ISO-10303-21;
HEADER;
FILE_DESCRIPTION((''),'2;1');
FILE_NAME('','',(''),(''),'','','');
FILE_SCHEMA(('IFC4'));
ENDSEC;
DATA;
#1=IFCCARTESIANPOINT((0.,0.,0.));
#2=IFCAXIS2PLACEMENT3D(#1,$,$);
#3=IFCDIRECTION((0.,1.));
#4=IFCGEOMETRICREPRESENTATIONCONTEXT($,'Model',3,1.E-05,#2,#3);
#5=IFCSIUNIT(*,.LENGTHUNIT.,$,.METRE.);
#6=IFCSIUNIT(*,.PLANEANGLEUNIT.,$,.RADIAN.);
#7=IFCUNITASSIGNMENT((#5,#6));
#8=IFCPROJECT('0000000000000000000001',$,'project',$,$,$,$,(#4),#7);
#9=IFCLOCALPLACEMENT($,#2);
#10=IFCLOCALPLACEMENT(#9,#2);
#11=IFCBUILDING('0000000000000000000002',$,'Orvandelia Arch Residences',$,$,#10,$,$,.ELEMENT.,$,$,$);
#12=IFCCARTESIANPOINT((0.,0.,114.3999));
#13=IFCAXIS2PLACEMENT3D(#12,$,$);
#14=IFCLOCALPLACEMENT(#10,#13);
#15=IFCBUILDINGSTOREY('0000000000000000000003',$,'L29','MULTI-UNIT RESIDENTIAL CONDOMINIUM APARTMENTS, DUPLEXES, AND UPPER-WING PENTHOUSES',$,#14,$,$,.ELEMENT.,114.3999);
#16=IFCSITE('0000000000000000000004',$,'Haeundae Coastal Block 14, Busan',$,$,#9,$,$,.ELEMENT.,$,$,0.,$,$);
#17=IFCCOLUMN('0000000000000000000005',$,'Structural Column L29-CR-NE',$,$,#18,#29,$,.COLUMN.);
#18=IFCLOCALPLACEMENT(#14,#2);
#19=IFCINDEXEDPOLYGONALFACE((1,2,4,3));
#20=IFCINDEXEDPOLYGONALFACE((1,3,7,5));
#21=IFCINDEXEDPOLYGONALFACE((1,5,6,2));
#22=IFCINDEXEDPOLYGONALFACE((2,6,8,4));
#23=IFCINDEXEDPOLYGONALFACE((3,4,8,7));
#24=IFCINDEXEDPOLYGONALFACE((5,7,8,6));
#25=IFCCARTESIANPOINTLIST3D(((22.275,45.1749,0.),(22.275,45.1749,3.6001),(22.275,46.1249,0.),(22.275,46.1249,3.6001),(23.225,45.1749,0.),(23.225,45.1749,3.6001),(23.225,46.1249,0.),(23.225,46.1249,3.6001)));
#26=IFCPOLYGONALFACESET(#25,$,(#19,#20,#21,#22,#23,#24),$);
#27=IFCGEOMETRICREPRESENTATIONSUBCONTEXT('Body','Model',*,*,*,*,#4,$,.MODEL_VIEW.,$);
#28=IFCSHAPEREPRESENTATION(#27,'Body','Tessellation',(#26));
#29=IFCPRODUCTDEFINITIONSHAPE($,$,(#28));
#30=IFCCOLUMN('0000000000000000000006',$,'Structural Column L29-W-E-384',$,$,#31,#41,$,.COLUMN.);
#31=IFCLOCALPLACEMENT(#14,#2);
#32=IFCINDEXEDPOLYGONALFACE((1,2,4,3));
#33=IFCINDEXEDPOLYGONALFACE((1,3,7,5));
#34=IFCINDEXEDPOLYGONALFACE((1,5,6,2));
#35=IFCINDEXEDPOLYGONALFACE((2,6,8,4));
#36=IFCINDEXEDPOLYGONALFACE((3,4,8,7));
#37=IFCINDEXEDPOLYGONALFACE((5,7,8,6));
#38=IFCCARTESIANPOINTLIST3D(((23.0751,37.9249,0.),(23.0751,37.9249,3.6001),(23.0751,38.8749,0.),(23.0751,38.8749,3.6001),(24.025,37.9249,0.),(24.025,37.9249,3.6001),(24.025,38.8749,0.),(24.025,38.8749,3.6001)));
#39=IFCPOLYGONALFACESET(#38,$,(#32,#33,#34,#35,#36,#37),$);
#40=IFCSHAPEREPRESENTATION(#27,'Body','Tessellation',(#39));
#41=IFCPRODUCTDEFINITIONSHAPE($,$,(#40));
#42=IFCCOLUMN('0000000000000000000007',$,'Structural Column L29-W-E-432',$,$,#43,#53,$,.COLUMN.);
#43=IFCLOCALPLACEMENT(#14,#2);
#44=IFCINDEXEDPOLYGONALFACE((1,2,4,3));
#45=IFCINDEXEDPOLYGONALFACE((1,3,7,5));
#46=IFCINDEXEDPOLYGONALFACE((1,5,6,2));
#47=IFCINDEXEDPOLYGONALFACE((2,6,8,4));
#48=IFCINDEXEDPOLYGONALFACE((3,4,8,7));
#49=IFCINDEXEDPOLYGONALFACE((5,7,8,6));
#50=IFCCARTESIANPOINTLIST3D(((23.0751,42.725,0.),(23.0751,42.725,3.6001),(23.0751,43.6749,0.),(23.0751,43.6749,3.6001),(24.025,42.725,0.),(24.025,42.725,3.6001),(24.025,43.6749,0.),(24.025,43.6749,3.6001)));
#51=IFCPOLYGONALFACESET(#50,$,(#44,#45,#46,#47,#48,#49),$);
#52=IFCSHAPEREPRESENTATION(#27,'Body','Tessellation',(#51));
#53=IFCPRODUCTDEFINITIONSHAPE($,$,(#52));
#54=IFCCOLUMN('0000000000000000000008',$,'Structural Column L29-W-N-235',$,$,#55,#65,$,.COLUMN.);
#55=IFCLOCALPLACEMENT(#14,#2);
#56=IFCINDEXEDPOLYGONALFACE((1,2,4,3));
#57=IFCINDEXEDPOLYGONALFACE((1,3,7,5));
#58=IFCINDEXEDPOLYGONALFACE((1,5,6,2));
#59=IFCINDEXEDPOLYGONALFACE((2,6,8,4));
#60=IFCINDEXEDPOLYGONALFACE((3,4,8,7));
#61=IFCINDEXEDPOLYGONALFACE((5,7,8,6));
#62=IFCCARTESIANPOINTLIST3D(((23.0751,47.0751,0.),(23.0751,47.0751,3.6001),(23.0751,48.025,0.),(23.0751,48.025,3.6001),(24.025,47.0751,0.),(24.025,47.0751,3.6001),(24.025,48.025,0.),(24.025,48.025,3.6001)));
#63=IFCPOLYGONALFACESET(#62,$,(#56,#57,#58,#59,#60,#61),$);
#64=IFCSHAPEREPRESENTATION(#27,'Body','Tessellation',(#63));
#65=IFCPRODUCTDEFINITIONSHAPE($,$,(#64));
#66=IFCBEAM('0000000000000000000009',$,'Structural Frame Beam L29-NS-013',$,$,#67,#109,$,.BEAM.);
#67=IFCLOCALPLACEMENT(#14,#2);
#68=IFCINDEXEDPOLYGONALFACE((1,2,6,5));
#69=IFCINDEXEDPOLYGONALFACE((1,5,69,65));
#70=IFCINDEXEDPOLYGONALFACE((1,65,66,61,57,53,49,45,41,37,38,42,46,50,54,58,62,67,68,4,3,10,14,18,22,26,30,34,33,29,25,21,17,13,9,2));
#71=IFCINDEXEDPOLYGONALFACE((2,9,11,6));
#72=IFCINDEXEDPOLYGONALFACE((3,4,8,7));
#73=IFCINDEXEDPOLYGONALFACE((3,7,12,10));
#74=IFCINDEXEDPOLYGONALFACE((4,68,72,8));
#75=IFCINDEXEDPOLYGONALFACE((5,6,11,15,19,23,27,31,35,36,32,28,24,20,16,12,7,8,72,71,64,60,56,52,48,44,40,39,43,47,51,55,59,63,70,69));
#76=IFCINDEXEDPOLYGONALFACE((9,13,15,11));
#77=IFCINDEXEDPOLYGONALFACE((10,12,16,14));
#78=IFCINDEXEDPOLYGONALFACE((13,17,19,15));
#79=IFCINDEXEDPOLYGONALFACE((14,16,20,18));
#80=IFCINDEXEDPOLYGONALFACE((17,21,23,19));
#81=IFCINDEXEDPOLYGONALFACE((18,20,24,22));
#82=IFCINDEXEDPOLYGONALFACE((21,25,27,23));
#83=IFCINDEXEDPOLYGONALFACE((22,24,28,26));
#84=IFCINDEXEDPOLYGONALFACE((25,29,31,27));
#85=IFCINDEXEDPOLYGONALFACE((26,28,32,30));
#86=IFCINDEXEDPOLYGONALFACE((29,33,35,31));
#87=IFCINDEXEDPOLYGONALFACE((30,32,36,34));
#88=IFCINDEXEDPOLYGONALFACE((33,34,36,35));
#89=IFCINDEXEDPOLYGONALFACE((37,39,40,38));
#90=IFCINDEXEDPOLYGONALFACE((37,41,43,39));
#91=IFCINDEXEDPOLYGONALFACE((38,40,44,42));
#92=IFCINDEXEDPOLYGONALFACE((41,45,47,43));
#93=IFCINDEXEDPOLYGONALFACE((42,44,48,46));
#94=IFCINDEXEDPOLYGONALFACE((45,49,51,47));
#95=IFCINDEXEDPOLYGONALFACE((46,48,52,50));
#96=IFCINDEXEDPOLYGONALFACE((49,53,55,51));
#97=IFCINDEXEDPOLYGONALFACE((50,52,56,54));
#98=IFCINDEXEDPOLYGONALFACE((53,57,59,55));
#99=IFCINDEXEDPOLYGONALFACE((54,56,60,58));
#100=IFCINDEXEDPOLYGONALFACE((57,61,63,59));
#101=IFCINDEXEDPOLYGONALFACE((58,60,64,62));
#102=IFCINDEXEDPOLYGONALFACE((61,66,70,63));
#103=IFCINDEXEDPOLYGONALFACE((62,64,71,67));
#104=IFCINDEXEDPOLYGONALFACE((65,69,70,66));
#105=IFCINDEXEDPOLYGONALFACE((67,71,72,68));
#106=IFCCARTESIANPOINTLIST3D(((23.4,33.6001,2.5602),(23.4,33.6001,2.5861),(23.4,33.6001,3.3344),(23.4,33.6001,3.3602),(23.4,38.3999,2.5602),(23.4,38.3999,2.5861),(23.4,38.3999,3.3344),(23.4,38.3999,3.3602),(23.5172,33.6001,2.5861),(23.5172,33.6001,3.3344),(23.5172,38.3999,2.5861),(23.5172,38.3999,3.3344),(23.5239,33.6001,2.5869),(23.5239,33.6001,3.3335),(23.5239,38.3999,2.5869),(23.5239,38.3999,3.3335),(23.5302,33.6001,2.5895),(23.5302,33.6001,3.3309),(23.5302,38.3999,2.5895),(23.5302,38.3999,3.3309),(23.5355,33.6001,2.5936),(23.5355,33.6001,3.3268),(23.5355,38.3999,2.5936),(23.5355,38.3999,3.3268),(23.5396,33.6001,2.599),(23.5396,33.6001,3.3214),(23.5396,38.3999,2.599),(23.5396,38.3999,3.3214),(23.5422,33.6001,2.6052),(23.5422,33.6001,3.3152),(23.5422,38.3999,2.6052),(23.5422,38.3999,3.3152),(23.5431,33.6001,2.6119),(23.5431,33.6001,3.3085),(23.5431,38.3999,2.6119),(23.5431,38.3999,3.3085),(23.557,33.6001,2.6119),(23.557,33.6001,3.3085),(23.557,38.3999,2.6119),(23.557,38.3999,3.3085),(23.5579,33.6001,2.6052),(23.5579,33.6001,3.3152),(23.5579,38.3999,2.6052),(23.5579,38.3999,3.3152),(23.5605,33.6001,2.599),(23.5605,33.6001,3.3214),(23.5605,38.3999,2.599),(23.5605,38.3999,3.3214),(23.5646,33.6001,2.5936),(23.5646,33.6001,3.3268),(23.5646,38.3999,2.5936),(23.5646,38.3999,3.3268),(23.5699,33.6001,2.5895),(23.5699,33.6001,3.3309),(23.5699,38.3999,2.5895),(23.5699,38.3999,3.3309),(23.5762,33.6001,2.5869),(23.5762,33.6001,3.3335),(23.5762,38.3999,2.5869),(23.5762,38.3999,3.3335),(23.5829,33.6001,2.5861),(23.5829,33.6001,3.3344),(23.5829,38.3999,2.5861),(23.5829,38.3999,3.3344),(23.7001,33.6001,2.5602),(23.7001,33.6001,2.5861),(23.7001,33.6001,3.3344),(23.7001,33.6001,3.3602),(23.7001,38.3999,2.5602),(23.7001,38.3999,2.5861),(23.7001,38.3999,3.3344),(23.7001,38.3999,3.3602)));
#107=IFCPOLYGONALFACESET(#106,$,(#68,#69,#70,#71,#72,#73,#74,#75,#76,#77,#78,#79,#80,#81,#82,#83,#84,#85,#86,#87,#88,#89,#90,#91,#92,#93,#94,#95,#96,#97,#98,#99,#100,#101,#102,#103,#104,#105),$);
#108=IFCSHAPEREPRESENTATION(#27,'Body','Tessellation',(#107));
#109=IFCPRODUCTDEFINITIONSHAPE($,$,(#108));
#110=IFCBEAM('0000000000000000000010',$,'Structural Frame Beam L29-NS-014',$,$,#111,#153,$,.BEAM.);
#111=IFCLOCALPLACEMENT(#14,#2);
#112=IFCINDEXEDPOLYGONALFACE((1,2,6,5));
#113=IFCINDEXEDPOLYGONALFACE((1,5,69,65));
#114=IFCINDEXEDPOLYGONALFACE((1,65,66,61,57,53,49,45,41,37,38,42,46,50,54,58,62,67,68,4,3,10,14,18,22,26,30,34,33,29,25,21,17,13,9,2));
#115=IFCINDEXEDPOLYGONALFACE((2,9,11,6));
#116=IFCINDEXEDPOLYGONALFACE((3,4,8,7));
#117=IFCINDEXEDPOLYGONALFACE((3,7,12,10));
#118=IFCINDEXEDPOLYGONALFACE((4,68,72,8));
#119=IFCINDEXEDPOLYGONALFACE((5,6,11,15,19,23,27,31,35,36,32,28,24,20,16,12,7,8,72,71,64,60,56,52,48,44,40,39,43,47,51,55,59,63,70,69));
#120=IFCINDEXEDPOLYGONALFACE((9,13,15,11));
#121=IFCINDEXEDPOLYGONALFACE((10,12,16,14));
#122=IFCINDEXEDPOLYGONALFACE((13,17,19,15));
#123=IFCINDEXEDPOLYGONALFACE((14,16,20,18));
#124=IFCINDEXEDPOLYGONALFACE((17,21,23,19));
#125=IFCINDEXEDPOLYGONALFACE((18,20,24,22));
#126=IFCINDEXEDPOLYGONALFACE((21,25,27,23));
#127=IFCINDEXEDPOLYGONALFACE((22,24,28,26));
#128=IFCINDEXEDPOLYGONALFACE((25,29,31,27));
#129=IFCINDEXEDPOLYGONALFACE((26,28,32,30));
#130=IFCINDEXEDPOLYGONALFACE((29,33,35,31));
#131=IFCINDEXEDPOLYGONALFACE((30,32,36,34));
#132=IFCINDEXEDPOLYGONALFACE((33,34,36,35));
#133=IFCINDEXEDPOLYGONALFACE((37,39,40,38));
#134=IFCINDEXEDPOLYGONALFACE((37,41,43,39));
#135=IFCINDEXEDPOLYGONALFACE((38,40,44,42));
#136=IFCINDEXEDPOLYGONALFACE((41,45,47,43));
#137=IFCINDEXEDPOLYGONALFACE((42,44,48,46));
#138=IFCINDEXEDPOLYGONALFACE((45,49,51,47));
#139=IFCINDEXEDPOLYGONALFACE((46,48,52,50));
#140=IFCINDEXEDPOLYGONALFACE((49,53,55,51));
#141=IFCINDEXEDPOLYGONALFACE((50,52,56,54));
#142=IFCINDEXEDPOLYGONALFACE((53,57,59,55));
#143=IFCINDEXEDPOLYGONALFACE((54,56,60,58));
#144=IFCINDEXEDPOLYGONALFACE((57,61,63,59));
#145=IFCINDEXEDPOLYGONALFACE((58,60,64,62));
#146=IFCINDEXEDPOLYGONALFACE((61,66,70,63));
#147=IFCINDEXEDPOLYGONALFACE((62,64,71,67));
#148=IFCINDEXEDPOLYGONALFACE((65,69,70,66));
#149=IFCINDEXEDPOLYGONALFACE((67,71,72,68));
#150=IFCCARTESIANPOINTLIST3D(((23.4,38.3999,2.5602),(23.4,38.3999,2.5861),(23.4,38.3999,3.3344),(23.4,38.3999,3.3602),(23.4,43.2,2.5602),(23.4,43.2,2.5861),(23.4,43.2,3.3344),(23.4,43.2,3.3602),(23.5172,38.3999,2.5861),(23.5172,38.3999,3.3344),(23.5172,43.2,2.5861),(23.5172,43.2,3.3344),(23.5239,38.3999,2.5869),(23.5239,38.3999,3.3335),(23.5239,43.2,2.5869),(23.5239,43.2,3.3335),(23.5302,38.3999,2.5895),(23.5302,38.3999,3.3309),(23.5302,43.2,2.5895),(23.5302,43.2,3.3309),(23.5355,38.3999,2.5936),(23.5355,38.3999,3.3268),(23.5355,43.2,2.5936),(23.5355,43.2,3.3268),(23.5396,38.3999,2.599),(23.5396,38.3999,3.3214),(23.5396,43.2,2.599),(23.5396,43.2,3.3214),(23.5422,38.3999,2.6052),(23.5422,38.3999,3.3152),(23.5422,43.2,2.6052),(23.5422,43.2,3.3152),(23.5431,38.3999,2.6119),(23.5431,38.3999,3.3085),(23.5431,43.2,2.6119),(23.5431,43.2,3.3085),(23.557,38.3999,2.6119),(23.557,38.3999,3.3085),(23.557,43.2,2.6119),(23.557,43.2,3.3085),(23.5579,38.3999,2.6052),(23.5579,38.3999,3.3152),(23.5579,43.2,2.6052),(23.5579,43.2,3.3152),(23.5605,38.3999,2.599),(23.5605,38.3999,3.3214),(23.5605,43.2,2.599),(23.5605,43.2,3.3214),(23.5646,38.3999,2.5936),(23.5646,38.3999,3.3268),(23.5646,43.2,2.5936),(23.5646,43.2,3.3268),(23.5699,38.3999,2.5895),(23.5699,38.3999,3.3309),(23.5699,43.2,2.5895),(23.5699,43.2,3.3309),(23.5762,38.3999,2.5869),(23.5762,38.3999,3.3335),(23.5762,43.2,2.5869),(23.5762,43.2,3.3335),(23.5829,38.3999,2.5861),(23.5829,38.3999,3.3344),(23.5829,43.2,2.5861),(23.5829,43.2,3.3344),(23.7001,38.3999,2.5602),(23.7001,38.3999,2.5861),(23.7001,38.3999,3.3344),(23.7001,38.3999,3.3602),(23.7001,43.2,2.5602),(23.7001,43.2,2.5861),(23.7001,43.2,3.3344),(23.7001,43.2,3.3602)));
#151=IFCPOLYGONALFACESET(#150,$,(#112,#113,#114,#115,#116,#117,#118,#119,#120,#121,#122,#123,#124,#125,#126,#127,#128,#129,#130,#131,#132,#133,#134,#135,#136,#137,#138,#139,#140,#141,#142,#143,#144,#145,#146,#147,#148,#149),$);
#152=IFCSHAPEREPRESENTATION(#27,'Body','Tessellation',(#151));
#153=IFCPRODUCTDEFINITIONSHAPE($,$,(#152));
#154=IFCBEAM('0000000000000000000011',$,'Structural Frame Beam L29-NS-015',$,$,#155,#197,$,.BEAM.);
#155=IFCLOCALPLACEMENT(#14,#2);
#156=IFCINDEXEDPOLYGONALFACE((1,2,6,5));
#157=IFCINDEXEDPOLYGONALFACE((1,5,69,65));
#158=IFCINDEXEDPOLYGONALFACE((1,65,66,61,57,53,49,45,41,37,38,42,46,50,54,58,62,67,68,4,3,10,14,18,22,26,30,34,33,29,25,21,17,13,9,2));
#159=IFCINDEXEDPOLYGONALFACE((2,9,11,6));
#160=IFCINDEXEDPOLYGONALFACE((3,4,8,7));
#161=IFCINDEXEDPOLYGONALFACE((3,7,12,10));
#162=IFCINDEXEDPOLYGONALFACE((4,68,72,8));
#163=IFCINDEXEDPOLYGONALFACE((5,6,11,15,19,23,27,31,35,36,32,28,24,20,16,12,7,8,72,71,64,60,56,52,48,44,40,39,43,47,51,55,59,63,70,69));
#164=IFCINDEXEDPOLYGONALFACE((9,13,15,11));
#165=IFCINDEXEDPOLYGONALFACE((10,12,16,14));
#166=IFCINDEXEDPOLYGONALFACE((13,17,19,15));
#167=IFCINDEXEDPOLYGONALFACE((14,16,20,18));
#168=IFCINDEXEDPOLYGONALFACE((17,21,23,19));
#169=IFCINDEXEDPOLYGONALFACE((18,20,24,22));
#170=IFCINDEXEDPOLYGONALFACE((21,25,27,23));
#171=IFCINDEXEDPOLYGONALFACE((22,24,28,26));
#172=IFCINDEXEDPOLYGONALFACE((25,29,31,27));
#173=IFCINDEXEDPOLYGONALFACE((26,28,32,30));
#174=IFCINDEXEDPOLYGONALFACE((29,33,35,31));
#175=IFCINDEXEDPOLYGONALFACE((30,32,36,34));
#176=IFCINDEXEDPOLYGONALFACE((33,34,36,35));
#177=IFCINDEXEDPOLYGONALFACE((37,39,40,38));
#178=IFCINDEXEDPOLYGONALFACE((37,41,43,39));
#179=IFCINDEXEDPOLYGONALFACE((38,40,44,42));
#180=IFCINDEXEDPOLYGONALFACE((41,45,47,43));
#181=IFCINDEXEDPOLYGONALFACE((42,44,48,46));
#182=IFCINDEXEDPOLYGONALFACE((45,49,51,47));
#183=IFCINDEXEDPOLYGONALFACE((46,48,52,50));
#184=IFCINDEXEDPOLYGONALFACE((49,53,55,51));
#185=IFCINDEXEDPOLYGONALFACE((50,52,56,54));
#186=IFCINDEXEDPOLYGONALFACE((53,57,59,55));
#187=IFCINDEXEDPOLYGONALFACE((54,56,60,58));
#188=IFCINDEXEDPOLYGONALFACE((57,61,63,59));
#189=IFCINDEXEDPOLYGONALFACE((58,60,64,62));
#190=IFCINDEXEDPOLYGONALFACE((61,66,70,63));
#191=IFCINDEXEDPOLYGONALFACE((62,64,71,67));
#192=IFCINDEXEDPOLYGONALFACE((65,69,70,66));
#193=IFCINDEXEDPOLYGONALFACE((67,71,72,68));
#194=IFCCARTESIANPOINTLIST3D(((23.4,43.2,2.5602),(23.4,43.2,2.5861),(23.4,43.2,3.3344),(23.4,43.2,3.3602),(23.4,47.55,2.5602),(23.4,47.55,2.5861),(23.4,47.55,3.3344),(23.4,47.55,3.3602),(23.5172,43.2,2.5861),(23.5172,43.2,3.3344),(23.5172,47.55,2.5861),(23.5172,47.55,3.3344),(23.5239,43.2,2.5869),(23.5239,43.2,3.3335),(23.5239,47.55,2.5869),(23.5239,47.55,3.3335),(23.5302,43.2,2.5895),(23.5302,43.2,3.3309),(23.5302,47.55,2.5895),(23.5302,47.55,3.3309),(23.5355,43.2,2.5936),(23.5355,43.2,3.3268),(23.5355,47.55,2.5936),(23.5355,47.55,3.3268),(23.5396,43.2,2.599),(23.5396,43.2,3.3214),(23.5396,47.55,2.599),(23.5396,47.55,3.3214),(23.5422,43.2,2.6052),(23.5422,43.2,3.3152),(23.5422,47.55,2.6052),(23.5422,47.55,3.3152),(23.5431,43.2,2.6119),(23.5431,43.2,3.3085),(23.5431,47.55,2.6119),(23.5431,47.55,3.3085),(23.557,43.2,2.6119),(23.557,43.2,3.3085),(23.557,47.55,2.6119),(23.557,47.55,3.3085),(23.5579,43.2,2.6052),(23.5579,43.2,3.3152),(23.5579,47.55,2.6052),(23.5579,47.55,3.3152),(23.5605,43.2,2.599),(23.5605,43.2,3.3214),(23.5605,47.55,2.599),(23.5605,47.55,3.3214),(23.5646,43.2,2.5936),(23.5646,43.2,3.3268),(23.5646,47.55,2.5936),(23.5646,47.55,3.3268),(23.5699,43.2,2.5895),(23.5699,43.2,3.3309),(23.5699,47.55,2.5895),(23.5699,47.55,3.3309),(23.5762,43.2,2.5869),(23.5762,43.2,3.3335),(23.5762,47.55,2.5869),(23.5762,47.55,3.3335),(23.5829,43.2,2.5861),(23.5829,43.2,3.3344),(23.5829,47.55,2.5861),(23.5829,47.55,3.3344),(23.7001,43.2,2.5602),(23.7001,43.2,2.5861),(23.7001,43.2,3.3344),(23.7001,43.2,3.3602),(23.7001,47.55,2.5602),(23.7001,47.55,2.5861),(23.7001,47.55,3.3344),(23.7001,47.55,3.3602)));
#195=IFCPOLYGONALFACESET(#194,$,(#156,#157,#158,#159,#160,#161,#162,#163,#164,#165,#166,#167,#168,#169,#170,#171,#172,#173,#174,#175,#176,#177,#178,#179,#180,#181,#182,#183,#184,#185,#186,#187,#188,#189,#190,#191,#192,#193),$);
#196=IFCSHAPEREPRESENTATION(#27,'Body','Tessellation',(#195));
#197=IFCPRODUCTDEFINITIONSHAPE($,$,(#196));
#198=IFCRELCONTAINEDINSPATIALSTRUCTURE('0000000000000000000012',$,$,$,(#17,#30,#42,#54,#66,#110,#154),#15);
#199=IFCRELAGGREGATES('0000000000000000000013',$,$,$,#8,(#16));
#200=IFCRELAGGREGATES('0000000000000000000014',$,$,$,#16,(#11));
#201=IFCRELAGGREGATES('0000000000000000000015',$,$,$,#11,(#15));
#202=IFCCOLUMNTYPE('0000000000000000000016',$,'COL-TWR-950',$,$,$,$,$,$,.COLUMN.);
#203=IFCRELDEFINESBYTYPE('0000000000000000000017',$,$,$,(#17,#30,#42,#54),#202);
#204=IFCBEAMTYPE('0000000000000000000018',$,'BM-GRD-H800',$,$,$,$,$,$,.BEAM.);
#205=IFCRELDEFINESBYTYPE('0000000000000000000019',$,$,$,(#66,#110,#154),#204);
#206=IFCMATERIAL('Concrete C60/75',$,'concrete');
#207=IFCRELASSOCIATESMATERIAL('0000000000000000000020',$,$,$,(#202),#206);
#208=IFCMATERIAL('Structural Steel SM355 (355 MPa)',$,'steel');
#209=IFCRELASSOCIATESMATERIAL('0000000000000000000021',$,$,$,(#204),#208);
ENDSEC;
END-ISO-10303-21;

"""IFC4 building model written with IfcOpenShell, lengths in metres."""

from ifc_helpers import new_model, si_unit, direction, frame, origin, origin_2d, place, context, subcontext, project, spatial, rectangle, i_section, extrude, material, material_profile, profile_set, type_object, element, save


model = new_model("IFC4")

# Units and contexts
model_context = context("Model", 3, precision=1e-05, world=origin(), true_north=direction((0.0, 1.0)))
body_context = subcontext(model_context, "Body", "Model", "MODEL_VIEW")
ifc_project = project(units=[si_unit("LENGTHUNIT", "METRE"), si_unit("PLANEANGLEUNIT", "RADIAN")], contexts=[model_context])

# Site, building, storey
site_placement = place(None, origin())
site = spatial("IfcSite", under=ifc_project, at=site_placement, Name="Haeundae Coastal Block 14, Busan", CompositionType="ELEMENT", RefElevation=0.0)
building_placement = place(site_placement, origin())
building = spatial("IfcBuilding", under=site, at=building_placement, Name="Orvandelia Arch Residences", CompositionType="ELEMENT")
storey_placement = place(building_placement, frame((0.0, 0.0, 114.3999)))
storey = spatial("IfcBuildingStorey", under=building, at=storey_placement, Name="L29", Description="MULTI-UNIT RESIDENTIAL CONDOMINIUM APARTMENTS, DUPLEXES, AND UPPER-WING PENTHOUSES", CompositionType="ELEMENT", Elevation=114.3999)

# Columns
ifc_material_1 = material(Name="Concrete C60/75", Category="concrete")
ifc_material_profile_1 = material_profile(ifc_material_1, rectangle(XDim=0.95, YDim=0.95, at=origin_2d()), Name="Concrete C60/75", Category="concrete")
ifc_profile_set_1 = profile_set([ifc_material_profile_1], Name="Concrete C60/75")
column_type = type_object("IfcColumnType", Name="COL-TWR-950", PredefinedType="COLUMN", material=ifc_profile_set_1)
for number, where, z_axis, x_axis, name in (
    (1, (22.75, 45.6499, 0.0), (0.0, 0.0, 1.0), (1.0, 0.0, 0.0), "Structural Column L29-CR-NE"),
    (2, (23.55, 38.3999, 0.0), (0.0, 0.0, 1.0), (1.0, 0.0, 0.0), "Structural Column L29-W-E-384"),
    (3, (23.55, 43.2, 0.0), (0.0, 0.0, 1.0), (1.0, 0.0, 0.0), "Structural Column L29-W-E-432"),
    (4, (23.55, 47.55, 0.0), (0.0, 0.0, 1.0), (1.0, 0.0, 0.0), "Structural Column L29-W-N-235"),
):
    element("IfcColumn", number, at=place(storey_placement, frame(where, z_axis=z_axis, x_axis=x_axis)), inside=storey, type_object=column_type, Name=name, PredefinedType="COLUMN", context=body_context, shape_type="SweptSolid", body=[
        extrude(rectangle(XDim=0.95, YDim=0.95, at=origin_2d()), origin(), (0.0, 0.0, 1.0), 3.6001),
    ])

# Beams
ifc_material_2 = material(Name="Structural Steel SM355 (355 MPa)", Category="steel")
ifc_material_profile_2 = material_profile(ifc_material_2, i_section(OverallWidth=0.3, OverallDepth=0.8, WebThickness=0.0139, FlangeThickness=0.0259, FilletRadius=0.0259, at=origin_2d()), Name="Structural Steel SM355 (355 MPa)", Category="steel")
ifc_profile_set_2 = profile_set([ifc_material_profile_2], Name="Structural Steel SM355 (355 MPa)")
beam_type = type_object("IfcBeamType", Name="BM-GRD-H800", PredefinedType="BEAM", material=ifc_profile_set_2)
beam_1_placement = place(storey_placement, frame((23.55, 33.6001, 2.9602), z_axis=(0.0, 1.0, 0.0), x_axis=(-1.0, 0.0, 0.0)))
element("IfcBeam", 5, at=beam_1_placement, inside=storey, type_object=beam_type, Name="Structural Frame Beam L29-NS-013", PredefinedType="BEAM", context=body_context, shape_type="SweptSolid", body=[
    extrude(i_section(OverallWidth=0.3, OverallDepth=0.8, WebThickness=0.0139, FlangeThickness=0.0259, FilletRadius=0.0259, at=origin_2d()), origin(), (0.0, 0.0, 1.0), 4.7998),
])
beam_2_placement = place(storey_placement, frame((23.55, 38.3999, 2.9602), z_axis=(0.0, 1.0, 0.0), x_axis=(-1.0, 0.0, 0.0)))
element("IfcBeam", 6, at=beam_2_placement, inside=storey, type_object=beam_type, Name="Structural Frame Beam L29-NS-014", PredefinedType="BEAM", context=body_context, shape_type="SweptSolid", body=[
    extrude(i_section(OverallWidth=0.3, OverallDepth=0.8, WebThickness=0.0139, FlangeThickness=0.0259, FilletRadius=0.0259, at=origin_2d()), origin(), (0.0, 0.0, 1.0), 4.8),
])
beam_3_placement = place(storey_placement, frame((23.55, 43.2, 2.9602), z_axis=(0.0, 1.0, 0.0), x_axis=(-1.0, 0.0, 0.0)))
element("IfcBeam", 7, at=beam_3_placement, inside=storey, type_object=beam_type, Name="Structural Frame Beam L29-NS-015", PredefinedType="BEAM", context=body_context, shape_type="SweptSolid", body=[
    extrude(i_section(OverallWidth=0.3, OverallDepth=0.8, WebThickness=0.0139, FlangeThickness=0.0259, FilletRadius=0.0259, at=origin_2d()), origin(), (0.0, 0.0, 1.0), 4.3501),
])

save(model, "model.ifc")
